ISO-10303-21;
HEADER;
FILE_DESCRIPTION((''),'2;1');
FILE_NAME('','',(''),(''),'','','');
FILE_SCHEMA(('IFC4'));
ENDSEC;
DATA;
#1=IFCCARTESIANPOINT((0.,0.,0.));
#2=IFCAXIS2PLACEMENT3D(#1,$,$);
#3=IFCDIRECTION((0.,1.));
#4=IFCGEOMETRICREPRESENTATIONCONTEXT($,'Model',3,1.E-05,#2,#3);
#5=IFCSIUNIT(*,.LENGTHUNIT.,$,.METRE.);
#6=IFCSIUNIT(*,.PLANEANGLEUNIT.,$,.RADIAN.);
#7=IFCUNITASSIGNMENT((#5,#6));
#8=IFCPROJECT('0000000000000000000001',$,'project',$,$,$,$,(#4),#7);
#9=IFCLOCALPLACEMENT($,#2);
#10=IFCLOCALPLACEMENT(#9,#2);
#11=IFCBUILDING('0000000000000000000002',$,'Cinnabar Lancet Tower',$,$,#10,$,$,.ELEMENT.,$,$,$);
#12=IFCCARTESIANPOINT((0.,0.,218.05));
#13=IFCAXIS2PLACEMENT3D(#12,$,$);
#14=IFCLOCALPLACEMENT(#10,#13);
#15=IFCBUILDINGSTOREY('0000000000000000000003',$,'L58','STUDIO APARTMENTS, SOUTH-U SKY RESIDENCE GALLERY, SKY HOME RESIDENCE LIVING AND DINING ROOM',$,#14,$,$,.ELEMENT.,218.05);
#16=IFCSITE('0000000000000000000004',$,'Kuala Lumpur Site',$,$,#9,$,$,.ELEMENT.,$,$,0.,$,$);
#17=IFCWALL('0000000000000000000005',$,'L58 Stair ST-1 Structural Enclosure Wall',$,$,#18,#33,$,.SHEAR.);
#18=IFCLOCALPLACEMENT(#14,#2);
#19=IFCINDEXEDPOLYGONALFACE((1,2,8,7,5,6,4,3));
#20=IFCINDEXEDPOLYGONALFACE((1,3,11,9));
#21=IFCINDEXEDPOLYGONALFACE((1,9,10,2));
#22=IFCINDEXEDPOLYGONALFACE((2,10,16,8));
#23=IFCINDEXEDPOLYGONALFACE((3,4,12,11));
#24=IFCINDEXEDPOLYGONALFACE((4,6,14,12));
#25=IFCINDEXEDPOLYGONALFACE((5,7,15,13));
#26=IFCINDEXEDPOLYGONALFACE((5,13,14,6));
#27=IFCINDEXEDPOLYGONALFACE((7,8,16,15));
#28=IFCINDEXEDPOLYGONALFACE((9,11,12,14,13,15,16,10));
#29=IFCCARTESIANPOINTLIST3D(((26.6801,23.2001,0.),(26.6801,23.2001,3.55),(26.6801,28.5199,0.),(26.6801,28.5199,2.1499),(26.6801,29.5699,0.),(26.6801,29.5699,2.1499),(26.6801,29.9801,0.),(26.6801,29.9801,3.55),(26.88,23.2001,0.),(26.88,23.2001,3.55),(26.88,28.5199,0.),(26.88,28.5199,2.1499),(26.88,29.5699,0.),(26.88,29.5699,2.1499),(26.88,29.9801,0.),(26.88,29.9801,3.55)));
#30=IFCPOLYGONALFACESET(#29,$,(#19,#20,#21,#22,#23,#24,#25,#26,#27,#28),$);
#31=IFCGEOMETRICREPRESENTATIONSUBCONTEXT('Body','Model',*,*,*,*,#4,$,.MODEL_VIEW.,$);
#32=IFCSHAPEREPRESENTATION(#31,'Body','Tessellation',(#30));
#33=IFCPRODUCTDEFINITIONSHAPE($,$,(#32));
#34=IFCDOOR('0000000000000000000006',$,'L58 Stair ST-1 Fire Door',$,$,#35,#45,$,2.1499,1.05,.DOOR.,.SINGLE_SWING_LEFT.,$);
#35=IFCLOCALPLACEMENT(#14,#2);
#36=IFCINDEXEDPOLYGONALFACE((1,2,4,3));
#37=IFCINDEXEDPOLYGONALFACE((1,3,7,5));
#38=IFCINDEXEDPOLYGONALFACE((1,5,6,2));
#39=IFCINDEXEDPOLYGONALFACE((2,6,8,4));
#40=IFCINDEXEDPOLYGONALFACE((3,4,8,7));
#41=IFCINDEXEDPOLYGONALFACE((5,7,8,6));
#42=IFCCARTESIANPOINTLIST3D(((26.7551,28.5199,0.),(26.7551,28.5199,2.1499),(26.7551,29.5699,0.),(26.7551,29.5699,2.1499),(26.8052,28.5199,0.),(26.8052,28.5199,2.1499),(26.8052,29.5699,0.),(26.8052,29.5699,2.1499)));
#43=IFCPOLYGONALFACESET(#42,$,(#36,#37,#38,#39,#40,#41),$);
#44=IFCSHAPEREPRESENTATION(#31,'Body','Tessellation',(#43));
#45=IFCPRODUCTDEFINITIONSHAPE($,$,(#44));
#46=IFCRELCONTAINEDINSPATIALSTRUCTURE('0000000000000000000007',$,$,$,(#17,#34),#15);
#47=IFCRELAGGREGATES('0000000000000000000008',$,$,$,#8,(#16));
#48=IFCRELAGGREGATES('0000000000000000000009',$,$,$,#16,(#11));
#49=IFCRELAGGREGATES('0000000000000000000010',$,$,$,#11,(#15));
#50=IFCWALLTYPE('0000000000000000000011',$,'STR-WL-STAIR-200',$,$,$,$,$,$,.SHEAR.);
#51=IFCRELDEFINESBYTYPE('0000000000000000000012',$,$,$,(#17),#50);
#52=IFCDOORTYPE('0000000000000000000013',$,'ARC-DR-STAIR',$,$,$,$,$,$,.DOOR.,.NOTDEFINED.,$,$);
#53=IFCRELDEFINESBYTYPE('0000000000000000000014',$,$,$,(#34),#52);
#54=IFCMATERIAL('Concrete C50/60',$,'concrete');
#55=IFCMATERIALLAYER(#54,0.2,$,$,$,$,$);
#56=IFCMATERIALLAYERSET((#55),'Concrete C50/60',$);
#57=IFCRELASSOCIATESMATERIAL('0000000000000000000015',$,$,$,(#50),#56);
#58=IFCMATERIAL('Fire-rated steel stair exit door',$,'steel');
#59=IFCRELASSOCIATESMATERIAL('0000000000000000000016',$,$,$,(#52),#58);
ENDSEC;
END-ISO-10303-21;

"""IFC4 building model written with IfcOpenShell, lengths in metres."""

from ifc_helpers import new_model, si_unit, direction, frame, frame_2d, origin, place, context, subcontext, project, spatial, rectangle, extrude, material, layer, layer_set, type_object, element, fill, save


model = new_model("IFC4")

# Units and contexts
model_context = context("Model", 3, precision=1e-05, world=origin(), true_north=direction((0.0, 1.0)))
body_context = subcontext(model_context, "Body", "Model", "MODEL_VIEW")
ifc_project = project(units=[si_unit("LENGTHUNIT", "METRE"), si_unit("PLANEANGLEUNIT", "RADIAN")], contexts=[model_context])

# Site, building, storey
site_placement = place(None, origin())
site = spatial("IfcSite", under=ifc_project, at=site_placement, Name="Kuala Lumpur Site", CompositionType="ELEMENT", RefElevation=0.0)
building_placement = place(site_placement, origin())
building = spatial("IfcBuilding", under=site, at=building_placement, Name="Cinnabar Lancet Tower", CompositionType="ELEMENT")
storey_placement = place(building_placement, frame((0.0, 0.0, 218.05)))
storey = spatial("IfcBuildingStorey", under=building, at=storey_placement, Name="L58", Description="STUDIO APARTMENTS, SOUTH-U SKY RESIDENCE GALLERY, SKY HOME RESIDENCE LIVING AND DINING ROOM", CompositionType="ELEMENT", Elevation=218.05)

# Wall, opening, door
ifc_material_1 = material(Name="Concrete C50/60", Category="concrete")
ifc_layer_1 = layer(ifc_material_1, 0.2)
ifc_layer_set_1 = layer_set([ifc_layer_1], Name="Concrete C50/60")
wall_type_1 = type_object("IfcWallType", Name="STR-WL-STAIR-200", PredefinedType="SHEAR", material=ifc_layer_set_1)
wall_1_placement = place(storey_placement, frame((26.78, 23.2, 0.0), z_axis=(0.0, 0.0, 1.0), x_axis=(0.0, 1.0, 0.0)))
wall_1 = element("IfcWall", 1, at=wall_1_placement, inside=storey, type_object=wall_type_1, Name="L58 Stair ST-1 Structural Enclosure Wall", PredefinedType="SHEAR", context=body_context, shape_type="SweptSolid", body=[
    extrude(rectangle(XDim=6.78, YDim=0.2, at=frame_2d((3.3901, 0.0))), origin(), (0.0, 0.0, 1.0), 3.55),
])
opening_1_placement = place(wall_1_placement, frame((5.3201, 0.0, 0.0)))
opening_1 = element("IfcOpeningElement", 2, at=opening_1_placement, cuts=wall_1, PredefinedType="OPENING", context=body_context, shape_type="SweptSolid", body=[
    extrude(rectangle(XDim=1.05, YDim=2.1499, at=frame_2d((0.5249, 1.075))), frame((0.0, 0.1099, 0.0), z_axis=(0.0, -1.0, 0.0), x_axis=(1.0, 0.0, 0.0)), (0.0, 0.0, 1.0), 0.22),
])
ifc_material_2 = material(Name="Fire-rated steel stair exit door", Category="steel")
door_type_1 = type_object("IfcDoorType", Name="ARC-DR-STAIR", OperationType="NOTDEFINED", PredefinedType="DOOR", material=ifc_material_2)
door_1_placement = place(opening_1_placement, origin())
door_1 = element("IfcDoor", 3, at=door_1_placement, inside=storey, type_object=door_type_1, Name="L58 Stair ST-1 Fire Door", OperationType="SINGLE_SWING_LEFT", OverallHeight=2.1499, OverallWidth=1.05, PredefinedType="DOOR", context=body_context, shape_type="SweptSolid", body=[
    extrude(rectangle(XDim=1.05, YDim=2.1499, at=frame_2d((0.5249, 1.075))), frame((0.0, 0.0249, 0.0), z_axis=(0.0, -1.0, 0.0), x_axis=(1.0, 0.0, 0.0)), (0.0, 0.0, 1.0), 0.05),
])
fill(opening_1, door_1)

save(model, "model.ifc")
